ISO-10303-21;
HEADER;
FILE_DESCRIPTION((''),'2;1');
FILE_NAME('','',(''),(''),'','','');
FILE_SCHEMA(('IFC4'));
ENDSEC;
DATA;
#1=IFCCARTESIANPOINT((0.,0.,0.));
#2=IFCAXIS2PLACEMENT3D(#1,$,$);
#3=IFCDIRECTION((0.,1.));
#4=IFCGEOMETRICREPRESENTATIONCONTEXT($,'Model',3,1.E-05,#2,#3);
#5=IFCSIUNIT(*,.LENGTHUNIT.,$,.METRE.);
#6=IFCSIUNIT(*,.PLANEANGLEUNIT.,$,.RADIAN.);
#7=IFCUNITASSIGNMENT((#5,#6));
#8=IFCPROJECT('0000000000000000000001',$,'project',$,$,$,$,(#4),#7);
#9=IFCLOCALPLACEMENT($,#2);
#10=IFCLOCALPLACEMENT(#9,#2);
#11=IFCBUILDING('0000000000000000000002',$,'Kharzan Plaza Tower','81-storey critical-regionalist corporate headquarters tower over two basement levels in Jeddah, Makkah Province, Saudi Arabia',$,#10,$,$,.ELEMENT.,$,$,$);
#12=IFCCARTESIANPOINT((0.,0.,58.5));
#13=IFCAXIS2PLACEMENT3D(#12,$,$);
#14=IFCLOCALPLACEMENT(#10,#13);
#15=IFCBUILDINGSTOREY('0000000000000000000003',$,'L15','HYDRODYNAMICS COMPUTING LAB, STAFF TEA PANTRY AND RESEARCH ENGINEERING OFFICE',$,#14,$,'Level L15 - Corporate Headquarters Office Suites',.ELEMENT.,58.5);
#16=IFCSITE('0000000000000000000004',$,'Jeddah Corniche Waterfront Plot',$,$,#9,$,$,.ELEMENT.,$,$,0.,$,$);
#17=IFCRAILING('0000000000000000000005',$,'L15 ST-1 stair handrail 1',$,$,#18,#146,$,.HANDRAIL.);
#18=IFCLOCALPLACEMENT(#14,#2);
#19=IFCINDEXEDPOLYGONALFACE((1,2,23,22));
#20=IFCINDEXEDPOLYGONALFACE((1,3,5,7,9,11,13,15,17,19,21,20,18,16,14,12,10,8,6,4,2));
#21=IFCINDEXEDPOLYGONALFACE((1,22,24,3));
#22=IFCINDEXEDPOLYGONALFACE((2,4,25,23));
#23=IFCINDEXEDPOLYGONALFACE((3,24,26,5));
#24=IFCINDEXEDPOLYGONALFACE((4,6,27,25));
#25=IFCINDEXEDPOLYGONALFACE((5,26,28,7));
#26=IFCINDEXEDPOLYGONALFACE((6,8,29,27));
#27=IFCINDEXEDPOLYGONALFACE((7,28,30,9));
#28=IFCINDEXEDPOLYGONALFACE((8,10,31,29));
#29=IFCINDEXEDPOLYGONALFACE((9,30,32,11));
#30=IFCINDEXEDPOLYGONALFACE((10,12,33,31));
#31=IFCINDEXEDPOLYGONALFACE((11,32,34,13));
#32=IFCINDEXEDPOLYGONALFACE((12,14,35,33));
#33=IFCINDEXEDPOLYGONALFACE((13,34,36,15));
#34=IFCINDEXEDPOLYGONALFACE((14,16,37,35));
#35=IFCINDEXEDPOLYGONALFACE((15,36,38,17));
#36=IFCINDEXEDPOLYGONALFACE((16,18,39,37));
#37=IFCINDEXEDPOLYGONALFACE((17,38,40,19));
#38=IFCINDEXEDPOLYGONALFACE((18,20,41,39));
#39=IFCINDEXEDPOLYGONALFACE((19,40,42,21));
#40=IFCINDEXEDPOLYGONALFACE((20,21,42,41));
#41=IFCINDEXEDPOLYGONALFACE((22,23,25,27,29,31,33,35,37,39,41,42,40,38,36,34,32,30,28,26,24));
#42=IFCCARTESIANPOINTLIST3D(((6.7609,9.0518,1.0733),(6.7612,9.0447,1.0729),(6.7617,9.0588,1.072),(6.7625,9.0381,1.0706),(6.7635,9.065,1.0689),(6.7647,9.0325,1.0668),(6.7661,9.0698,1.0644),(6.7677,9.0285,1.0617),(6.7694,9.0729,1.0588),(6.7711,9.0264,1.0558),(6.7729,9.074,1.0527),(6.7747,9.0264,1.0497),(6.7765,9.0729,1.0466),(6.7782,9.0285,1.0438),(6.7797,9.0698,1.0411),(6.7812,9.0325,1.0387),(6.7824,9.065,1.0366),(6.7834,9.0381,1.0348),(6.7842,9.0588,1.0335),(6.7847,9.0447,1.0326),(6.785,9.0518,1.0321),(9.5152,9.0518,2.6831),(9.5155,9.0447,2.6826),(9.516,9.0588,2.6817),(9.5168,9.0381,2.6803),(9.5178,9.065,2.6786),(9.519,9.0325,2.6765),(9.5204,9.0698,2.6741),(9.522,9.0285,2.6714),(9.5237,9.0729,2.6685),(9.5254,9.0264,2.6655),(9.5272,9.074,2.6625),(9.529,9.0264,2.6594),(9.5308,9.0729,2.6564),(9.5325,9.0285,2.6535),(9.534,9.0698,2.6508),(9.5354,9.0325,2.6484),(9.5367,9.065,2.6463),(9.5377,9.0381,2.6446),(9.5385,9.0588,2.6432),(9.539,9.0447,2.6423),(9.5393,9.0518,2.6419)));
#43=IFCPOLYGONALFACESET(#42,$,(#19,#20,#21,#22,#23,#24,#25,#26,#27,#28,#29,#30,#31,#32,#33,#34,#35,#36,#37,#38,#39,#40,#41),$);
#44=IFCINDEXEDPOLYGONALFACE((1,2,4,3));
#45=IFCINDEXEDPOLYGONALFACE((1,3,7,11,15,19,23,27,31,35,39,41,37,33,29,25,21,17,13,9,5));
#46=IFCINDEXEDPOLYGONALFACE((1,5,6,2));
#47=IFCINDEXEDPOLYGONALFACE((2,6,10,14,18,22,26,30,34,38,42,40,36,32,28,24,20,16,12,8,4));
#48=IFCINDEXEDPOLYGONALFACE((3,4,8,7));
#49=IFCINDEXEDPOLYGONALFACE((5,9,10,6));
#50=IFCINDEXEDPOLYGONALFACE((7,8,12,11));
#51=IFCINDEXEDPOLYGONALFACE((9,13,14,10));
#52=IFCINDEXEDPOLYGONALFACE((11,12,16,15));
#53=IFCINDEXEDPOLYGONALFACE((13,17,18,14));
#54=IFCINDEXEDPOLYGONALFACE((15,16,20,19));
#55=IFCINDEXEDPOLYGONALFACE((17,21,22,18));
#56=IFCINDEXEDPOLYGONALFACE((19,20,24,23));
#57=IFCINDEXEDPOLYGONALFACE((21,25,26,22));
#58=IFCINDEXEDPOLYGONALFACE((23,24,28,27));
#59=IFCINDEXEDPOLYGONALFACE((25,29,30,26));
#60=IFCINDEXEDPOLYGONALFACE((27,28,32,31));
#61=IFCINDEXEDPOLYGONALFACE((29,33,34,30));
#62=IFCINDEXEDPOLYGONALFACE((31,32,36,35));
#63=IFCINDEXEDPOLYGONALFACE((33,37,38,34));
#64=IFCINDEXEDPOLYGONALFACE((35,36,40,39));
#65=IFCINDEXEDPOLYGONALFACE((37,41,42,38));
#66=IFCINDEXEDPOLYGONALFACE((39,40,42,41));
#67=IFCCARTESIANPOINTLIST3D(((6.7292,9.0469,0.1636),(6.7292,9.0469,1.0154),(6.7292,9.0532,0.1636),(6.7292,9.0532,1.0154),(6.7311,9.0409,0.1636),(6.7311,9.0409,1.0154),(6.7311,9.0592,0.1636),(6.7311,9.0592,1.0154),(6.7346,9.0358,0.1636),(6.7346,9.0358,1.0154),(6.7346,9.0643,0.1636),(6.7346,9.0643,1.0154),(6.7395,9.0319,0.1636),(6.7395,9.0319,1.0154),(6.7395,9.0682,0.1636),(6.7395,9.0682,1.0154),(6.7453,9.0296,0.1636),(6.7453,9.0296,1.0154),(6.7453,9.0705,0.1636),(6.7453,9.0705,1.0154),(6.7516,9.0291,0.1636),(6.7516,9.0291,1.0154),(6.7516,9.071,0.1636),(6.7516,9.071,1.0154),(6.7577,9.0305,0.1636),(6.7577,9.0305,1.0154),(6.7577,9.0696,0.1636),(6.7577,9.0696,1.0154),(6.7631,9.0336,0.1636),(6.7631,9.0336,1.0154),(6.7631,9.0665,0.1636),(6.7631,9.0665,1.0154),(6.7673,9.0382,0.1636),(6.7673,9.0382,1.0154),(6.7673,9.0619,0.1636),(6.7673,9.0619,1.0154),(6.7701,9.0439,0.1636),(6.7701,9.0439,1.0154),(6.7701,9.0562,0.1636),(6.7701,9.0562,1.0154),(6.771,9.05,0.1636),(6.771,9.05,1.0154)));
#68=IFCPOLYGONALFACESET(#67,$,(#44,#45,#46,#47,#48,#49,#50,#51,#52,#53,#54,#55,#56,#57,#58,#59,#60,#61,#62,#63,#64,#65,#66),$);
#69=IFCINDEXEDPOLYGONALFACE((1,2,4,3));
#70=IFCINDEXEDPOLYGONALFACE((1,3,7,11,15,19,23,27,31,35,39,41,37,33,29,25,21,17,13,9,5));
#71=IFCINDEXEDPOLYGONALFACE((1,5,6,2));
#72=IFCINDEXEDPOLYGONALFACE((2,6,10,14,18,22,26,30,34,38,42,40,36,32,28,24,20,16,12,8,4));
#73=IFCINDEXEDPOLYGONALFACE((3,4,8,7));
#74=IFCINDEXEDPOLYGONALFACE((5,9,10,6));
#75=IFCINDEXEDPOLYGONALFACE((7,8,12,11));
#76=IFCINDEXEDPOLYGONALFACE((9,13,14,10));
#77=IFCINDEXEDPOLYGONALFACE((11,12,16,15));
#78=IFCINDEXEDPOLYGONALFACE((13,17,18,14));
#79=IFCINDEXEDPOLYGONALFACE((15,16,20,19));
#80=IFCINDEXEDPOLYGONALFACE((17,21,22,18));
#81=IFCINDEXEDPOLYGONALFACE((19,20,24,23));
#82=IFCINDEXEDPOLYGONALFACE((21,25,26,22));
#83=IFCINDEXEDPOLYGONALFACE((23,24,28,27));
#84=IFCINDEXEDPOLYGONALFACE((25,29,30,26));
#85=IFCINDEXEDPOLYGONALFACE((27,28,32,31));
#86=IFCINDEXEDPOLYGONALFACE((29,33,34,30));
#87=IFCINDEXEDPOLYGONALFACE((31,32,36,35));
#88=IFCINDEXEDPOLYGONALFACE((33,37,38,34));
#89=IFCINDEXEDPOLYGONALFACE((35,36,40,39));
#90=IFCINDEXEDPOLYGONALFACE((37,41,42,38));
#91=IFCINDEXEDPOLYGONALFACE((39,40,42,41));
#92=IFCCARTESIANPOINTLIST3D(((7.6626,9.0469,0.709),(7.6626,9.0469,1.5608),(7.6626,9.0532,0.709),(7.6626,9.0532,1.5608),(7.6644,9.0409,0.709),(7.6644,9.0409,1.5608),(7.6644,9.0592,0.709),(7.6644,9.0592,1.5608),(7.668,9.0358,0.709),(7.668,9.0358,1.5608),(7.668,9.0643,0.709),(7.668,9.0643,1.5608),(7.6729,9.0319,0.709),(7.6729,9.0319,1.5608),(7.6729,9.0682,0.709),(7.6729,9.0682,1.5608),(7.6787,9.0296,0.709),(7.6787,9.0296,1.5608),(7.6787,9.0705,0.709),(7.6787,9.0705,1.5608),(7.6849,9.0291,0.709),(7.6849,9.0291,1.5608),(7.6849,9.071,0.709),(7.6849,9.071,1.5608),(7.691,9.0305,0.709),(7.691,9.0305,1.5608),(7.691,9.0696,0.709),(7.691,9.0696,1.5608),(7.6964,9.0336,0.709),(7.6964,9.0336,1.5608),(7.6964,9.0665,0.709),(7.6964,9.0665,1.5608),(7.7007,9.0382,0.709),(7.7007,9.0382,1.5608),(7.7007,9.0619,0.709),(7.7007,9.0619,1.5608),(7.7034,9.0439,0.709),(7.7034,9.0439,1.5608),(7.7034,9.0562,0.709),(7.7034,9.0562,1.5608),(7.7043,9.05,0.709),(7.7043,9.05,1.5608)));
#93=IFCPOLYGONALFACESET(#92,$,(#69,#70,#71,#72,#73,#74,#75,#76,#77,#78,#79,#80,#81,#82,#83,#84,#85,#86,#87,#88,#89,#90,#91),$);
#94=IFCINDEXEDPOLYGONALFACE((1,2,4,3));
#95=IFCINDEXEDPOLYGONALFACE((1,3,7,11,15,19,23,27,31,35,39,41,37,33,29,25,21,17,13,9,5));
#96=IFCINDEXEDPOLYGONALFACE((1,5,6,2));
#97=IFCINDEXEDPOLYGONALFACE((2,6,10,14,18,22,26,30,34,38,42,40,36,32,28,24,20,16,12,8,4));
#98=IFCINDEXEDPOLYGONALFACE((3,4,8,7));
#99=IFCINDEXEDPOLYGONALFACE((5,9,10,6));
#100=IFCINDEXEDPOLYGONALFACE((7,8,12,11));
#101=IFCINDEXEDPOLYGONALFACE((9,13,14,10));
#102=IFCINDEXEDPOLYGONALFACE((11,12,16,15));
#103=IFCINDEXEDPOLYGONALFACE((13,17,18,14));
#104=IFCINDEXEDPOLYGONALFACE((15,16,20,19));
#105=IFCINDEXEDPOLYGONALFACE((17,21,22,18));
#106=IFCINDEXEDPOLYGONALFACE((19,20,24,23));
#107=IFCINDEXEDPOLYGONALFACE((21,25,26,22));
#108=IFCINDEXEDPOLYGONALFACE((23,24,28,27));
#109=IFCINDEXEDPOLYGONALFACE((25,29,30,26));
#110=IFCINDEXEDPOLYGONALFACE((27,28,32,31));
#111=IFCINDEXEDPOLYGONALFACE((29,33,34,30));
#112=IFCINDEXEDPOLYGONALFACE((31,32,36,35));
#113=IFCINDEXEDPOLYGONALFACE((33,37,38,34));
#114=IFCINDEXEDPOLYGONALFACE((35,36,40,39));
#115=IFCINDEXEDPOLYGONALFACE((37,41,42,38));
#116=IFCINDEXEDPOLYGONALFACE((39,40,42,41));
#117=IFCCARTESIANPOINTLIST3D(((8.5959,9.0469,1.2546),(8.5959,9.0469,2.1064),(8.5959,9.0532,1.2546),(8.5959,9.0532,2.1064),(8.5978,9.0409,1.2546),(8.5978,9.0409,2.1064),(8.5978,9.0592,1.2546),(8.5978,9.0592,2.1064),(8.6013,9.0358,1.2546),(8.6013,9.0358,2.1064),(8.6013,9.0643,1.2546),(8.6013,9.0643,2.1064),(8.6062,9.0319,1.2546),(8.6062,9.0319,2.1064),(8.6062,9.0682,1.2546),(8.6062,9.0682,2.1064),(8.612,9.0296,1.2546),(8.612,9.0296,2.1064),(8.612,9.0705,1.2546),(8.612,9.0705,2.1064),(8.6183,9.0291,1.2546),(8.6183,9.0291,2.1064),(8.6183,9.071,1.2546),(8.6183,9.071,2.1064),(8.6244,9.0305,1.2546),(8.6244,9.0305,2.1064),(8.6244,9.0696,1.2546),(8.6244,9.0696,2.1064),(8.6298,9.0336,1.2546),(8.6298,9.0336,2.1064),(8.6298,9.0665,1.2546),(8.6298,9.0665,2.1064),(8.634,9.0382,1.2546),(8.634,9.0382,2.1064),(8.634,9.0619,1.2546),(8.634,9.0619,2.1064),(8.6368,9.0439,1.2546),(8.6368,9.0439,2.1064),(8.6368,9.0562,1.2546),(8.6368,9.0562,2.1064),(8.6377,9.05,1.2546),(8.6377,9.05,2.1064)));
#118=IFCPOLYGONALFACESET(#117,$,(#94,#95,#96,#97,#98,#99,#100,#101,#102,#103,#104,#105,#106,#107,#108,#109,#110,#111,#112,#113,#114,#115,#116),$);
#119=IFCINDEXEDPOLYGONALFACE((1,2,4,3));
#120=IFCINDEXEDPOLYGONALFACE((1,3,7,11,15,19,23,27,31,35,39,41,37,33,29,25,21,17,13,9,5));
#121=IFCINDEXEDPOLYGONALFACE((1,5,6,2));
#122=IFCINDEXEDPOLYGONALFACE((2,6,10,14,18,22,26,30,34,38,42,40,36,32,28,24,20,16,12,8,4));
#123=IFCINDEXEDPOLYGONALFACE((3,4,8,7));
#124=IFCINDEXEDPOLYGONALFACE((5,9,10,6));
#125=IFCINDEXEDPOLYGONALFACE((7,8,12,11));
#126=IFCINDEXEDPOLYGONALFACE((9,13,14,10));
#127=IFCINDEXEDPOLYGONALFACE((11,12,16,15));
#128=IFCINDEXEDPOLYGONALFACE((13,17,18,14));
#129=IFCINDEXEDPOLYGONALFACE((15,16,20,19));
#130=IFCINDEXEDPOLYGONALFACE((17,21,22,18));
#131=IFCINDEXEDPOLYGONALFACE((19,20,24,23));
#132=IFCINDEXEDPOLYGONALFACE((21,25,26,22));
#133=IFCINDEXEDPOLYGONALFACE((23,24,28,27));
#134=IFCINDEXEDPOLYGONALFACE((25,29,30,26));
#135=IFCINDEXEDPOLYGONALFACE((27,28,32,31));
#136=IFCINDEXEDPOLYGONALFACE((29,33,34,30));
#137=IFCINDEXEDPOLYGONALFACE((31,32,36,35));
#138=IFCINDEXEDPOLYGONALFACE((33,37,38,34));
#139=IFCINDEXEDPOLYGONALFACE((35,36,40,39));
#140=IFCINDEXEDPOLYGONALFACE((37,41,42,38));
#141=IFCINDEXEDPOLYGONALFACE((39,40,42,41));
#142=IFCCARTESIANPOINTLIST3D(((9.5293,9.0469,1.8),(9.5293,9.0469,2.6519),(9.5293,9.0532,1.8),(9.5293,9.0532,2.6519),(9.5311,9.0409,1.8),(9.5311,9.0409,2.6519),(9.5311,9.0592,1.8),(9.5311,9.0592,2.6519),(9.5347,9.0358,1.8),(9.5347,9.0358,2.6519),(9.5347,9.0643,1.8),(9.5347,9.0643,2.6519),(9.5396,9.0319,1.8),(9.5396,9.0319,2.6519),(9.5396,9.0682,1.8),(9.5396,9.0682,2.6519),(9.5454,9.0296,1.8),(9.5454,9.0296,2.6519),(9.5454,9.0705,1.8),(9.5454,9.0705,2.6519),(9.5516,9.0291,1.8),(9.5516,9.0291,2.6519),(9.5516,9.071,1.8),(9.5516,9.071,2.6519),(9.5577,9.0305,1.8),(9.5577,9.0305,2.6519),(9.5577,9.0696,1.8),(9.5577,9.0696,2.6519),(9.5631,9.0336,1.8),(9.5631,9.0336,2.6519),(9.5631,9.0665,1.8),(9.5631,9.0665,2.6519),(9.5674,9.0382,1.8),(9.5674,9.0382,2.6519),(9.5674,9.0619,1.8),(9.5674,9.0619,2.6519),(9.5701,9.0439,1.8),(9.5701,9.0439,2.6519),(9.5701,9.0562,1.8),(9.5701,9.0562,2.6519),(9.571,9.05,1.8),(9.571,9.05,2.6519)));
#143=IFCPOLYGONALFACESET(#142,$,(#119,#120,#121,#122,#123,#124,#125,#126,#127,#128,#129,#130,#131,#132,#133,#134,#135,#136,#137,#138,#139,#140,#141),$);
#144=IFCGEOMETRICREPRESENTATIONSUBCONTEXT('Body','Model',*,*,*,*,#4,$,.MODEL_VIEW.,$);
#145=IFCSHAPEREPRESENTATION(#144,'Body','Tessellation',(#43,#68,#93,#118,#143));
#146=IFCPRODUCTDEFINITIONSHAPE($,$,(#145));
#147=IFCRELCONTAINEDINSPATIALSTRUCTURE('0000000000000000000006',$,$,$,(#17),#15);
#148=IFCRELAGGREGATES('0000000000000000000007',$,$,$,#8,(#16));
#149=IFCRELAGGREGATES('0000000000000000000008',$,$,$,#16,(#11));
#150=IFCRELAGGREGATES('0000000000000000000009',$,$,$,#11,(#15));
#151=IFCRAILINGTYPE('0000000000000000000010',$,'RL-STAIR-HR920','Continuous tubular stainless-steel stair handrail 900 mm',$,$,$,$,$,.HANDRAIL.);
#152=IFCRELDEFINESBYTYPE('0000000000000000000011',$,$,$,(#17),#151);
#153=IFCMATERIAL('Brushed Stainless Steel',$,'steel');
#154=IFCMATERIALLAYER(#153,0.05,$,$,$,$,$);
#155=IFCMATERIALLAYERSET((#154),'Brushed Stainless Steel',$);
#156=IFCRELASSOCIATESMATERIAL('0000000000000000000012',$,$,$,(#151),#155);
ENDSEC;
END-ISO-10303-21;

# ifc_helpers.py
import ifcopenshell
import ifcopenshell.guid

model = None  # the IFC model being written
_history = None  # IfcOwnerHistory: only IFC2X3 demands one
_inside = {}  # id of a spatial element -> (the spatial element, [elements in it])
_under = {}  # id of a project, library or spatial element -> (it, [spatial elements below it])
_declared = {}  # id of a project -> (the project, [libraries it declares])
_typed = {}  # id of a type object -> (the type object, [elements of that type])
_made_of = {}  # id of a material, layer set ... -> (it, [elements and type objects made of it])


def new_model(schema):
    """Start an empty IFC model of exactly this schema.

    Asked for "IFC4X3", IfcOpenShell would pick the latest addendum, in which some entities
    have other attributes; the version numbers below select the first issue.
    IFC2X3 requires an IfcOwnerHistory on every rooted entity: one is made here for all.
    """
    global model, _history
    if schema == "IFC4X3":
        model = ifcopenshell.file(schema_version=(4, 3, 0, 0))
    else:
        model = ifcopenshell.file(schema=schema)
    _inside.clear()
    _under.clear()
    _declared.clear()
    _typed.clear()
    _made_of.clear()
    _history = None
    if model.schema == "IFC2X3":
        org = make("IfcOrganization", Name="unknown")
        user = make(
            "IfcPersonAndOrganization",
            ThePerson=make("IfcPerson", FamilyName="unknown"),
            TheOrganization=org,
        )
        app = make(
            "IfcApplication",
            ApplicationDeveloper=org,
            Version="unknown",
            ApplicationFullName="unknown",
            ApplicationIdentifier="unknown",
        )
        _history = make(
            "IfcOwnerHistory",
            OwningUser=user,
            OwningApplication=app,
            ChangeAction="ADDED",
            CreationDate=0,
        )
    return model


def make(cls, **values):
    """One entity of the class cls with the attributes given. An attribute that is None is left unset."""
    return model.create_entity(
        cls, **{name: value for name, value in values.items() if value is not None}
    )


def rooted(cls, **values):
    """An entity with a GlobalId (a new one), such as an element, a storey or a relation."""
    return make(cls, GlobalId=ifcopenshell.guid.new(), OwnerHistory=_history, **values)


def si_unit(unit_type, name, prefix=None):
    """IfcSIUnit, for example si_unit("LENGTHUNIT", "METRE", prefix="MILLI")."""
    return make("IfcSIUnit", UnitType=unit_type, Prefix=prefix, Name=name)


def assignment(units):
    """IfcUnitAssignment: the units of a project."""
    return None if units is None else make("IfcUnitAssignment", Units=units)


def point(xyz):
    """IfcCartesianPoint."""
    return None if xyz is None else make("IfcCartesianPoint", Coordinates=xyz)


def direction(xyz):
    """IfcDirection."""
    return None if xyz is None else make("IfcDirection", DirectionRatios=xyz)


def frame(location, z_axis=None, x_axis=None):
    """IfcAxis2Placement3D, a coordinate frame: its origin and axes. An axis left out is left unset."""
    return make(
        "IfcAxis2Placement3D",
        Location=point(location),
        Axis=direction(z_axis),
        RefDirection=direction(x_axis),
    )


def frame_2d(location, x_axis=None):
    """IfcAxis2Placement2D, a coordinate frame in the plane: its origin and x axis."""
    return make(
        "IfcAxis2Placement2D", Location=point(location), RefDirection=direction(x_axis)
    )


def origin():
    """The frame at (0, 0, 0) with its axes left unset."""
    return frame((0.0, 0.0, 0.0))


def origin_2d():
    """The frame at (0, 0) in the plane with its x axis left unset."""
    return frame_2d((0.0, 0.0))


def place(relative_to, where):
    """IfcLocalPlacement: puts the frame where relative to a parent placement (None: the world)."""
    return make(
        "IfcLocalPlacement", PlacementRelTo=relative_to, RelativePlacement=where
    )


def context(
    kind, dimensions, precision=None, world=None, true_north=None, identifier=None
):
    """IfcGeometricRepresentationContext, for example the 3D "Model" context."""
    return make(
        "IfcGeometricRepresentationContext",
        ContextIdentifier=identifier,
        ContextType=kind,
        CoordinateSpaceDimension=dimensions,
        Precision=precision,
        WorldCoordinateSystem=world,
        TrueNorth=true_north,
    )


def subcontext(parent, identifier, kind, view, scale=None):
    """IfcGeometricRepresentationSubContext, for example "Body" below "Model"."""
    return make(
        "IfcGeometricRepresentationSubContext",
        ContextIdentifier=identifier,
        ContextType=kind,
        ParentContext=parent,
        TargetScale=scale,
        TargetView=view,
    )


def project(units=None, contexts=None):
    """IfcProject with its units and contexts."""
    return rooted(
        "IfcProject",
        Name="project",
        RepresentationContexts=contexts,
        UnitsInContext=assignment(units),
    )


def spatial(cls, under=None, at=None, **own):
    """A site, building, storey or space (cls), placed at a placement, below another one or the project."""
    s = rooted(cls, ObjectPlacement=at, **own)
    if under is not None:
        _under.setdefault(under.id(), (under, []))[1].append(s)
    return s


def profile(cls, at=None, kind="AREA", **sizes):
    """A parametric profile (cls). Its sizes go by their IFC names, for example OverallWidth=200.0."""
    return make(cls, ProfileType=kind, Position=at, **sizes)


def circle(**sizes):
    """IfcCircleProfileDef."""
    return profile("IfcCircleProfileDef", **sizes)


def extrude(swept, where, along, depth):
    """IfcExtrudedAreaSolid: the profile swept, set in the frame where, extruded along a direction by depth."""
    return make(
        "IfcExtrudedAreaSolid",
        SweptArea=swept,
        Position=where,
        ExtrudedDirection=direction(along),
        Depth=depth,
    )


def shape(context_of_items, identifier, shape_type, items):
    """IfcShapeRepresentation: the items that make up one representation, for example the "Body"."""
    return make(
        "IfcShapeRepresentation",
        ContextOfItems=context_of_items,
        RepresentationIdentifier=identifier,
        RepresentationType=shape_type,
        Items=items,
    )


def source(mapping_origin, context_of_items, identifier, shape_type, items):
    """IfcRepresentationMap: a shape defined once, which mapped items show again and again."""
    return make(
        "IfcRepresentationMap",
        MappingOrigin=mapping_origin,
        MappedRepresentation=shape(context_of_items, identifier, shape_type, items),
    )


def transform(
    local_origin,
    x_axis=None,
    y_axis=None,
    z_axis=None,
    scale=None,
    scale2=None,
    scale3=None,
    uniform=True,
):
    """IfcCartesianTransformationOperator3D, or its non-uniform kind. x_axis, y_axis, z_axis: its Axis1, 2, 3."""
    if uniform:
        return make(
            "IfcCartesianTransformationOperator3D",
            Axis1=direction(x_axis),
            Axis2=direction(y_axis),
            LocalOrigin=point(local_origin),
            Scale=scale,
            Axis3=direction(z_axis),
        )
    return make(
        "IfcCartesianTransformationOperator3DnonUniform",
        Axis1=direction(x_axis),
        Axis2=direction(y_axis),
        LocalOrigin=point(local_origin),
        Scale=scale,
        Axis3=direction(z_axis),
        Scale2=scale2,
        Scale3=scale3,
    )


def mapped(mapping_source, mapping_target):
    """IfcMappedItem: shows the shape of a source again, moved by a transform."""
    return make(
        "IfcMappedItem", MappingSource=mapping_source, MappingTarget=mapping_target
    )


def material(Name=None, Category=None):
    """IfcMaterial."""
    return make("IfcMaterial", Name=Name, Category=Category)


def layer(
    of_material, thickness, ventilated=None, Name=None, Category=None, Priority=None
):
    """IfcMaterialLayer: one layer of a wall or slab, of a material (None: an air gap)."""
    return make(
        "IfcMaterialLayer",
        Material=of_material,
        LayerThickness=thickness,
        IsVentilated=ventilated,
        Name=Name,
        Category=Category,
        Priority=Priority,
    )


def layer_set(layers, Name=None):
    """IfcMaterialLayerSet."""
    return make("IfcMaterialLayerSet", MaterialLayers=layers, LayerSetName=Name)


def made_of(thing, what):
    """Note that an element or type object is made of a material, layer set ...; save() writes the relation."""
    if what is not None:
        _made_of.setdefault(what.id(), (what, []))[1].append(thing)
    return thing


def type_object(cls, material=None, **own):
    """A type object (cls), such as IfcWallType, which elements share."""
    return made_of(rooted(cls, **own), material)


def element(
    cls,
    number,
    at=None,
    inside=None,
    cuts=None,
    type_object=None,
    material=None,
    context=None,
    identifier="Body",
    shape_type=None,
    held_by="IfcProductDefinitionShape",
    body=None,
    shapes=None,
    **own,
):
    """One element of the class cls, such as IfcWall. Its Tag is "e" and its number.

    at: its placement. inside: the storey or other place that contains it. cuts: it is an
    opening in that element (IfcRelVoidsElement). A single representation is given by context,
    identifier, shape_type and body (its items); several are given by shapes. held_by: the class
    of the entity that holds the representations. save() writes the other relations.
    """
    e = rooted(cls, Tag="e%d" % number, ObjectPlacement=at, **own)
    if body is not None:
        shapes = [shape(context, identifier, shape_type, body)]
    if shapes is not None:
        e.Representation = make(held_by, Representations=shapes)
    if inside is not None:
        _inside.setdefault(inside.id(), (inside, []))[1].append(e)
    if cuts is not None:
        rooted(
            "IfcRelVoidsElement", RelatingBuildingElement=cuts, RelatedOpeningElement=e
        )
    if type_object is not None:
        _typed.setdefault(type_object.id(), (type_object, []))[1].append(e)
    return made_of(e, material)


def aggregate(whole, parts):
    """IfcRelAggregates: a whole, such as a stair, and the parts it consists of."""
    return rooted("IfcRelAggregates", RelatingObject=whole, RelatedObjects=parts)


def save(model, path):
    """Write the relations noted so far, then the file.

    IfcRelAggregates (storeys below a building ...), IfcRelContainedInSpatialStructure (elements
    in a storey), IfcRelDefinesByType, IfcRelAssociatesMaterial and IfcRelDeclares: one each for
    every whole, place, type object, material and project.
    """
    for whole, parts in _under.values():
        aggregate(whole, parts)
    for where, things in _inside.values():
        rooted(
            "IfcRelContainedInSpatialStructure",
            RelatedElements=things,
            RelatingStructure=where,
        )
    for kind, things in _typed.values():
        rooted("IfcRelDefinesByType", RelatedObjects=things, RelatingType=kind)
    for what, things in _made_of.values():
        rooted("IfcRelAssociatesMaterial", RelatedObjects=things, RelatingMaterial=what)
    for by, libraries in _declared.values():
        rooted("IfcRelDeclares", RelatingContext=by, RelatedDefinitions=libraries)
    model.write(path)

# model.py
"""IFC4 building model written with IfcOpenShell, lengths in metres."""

from ifc_helpers import new_model, si_unit, direction, frame, origin, origin_2d, place, context, subcontext, project, spatial, circle, extrude, source, transform, mapped, material, layer, layer_set, type_object, element, save


model = new_model("IFC4")

# Units and contexts
model_context = context("Model", 3, precision=1e-05, world=origin(), true_north=direction((0.0, 1.0)))
body_context = subcontext(model_context, "Body", "Model", "MODEL_VIEW")
ifc_project = project(units=[si_unit("LENGTHUNIT", "METRE"), si_unit("PLANEANGLEUNIT", "RADIAN")], contexts=[model_context])

# Site, building, storey
site_placement = place(None, origin())
site = spatial("IfcSite", under=ifc_project, at=site_placement, Name="Jeddah Corniche Waterfront Plot", CompositionType="ELEMENT", RefElevation=0.0)
building_placement = place(site_placement, origin())
building = spatial("IfcBuilding", under=site, at=building_placement, Name="Kharzan Plaza Tower", Description="81-storey critical-regionalist corporate headquarters tower over two basement levels in Jeddah, Makkah Province, Saudi Arabia", CompositionType="ELEMENT")
storey_placement = place(building_placement, frame((0.0, 0.0, 58.5)))
storey = spatial("IfcBuildingStorey", under=building, at=storey_placement, Name="L15", Description="HYDRODYNAMICS COMPUTING LAB, STAFF TEA PANTRY AND RESEARCH ENGINEERING OFFICE", LongName="Level L15 - Corporate Headquarters Office Suites", CompositionType="ELEMENT", Elevation=58.5)

# Railing
ifc_material_1 = material(Name="Brushed Stainless Steel", Category="steel")
ifc_layer_1 = layer(ifc_material_1, 0.05)
ifc_layer_set_1 = layer_set([ifc_layer_1], Name="Brushed Stainless Steel")
railing_type_1 = type_object("IfcRailingType", Name="RL-STAIR-HR920", Description="Continuous tubular stainless-steel stair handrail 900 mm", PredefinedType="HANDRAIL", material=ifc_layer_set_1)
shared_shape_1 = source(origin(), body_context, "Body", "SweptSolid", [
    extrude(circle(Radius=0.0239, at=origin_2d()), frame((0.0229, 0.0, 0.8892), z_axis=(0.863361, 0.0, 0.504587), x_axis=(0.0, 1.0, 0.0)), (0.0, 0.0, 1.0), 3.1902),
    extrude(circle(Radius=0.021, at=origin_2d()), origin(), (0.0, 0.0, 1.0), 0.8518),
    extrude(circle(Radius=0.021, at=origin_2d()), frame((0.9333, 0.0, 0.5454)), (0.0, 0.0, 1.0), 0.8518),
    extrude(circle(Radius=0.021, at=origin_2d()), frame((1.8667, 0.0, 1.0911)), (0.0, 0.0, 1.0), 0.8518),
    extrude(circle(Radius=0.021, at=origin_2d()), frame((2.8, 0.0, 1.6365)), (0.0, 0.0, 1.0), 0.8518),
])
railing_1_placement = place(storey_placement, frame((6.75, 9.05, 0.1636)))
element("IfcRailing", 1, at=railing_1_placement, inside=storey, type_object=railing_type_1, Name="L15 ST-1 stair handrail 1", PredefinedType="HANDRAIL", context=body_context, shape_type="MappedRepresentation", body=[
    mapped(shared_shape_1, transform((0.0, 0.0, 0.0), x_axis=(1.0, 0.0, 0.0), y_axis=(0.0, 1.0, 0.0), z_axis=(0.0, 0.0, 1.0))),
])

save(model, "model.ifc")
